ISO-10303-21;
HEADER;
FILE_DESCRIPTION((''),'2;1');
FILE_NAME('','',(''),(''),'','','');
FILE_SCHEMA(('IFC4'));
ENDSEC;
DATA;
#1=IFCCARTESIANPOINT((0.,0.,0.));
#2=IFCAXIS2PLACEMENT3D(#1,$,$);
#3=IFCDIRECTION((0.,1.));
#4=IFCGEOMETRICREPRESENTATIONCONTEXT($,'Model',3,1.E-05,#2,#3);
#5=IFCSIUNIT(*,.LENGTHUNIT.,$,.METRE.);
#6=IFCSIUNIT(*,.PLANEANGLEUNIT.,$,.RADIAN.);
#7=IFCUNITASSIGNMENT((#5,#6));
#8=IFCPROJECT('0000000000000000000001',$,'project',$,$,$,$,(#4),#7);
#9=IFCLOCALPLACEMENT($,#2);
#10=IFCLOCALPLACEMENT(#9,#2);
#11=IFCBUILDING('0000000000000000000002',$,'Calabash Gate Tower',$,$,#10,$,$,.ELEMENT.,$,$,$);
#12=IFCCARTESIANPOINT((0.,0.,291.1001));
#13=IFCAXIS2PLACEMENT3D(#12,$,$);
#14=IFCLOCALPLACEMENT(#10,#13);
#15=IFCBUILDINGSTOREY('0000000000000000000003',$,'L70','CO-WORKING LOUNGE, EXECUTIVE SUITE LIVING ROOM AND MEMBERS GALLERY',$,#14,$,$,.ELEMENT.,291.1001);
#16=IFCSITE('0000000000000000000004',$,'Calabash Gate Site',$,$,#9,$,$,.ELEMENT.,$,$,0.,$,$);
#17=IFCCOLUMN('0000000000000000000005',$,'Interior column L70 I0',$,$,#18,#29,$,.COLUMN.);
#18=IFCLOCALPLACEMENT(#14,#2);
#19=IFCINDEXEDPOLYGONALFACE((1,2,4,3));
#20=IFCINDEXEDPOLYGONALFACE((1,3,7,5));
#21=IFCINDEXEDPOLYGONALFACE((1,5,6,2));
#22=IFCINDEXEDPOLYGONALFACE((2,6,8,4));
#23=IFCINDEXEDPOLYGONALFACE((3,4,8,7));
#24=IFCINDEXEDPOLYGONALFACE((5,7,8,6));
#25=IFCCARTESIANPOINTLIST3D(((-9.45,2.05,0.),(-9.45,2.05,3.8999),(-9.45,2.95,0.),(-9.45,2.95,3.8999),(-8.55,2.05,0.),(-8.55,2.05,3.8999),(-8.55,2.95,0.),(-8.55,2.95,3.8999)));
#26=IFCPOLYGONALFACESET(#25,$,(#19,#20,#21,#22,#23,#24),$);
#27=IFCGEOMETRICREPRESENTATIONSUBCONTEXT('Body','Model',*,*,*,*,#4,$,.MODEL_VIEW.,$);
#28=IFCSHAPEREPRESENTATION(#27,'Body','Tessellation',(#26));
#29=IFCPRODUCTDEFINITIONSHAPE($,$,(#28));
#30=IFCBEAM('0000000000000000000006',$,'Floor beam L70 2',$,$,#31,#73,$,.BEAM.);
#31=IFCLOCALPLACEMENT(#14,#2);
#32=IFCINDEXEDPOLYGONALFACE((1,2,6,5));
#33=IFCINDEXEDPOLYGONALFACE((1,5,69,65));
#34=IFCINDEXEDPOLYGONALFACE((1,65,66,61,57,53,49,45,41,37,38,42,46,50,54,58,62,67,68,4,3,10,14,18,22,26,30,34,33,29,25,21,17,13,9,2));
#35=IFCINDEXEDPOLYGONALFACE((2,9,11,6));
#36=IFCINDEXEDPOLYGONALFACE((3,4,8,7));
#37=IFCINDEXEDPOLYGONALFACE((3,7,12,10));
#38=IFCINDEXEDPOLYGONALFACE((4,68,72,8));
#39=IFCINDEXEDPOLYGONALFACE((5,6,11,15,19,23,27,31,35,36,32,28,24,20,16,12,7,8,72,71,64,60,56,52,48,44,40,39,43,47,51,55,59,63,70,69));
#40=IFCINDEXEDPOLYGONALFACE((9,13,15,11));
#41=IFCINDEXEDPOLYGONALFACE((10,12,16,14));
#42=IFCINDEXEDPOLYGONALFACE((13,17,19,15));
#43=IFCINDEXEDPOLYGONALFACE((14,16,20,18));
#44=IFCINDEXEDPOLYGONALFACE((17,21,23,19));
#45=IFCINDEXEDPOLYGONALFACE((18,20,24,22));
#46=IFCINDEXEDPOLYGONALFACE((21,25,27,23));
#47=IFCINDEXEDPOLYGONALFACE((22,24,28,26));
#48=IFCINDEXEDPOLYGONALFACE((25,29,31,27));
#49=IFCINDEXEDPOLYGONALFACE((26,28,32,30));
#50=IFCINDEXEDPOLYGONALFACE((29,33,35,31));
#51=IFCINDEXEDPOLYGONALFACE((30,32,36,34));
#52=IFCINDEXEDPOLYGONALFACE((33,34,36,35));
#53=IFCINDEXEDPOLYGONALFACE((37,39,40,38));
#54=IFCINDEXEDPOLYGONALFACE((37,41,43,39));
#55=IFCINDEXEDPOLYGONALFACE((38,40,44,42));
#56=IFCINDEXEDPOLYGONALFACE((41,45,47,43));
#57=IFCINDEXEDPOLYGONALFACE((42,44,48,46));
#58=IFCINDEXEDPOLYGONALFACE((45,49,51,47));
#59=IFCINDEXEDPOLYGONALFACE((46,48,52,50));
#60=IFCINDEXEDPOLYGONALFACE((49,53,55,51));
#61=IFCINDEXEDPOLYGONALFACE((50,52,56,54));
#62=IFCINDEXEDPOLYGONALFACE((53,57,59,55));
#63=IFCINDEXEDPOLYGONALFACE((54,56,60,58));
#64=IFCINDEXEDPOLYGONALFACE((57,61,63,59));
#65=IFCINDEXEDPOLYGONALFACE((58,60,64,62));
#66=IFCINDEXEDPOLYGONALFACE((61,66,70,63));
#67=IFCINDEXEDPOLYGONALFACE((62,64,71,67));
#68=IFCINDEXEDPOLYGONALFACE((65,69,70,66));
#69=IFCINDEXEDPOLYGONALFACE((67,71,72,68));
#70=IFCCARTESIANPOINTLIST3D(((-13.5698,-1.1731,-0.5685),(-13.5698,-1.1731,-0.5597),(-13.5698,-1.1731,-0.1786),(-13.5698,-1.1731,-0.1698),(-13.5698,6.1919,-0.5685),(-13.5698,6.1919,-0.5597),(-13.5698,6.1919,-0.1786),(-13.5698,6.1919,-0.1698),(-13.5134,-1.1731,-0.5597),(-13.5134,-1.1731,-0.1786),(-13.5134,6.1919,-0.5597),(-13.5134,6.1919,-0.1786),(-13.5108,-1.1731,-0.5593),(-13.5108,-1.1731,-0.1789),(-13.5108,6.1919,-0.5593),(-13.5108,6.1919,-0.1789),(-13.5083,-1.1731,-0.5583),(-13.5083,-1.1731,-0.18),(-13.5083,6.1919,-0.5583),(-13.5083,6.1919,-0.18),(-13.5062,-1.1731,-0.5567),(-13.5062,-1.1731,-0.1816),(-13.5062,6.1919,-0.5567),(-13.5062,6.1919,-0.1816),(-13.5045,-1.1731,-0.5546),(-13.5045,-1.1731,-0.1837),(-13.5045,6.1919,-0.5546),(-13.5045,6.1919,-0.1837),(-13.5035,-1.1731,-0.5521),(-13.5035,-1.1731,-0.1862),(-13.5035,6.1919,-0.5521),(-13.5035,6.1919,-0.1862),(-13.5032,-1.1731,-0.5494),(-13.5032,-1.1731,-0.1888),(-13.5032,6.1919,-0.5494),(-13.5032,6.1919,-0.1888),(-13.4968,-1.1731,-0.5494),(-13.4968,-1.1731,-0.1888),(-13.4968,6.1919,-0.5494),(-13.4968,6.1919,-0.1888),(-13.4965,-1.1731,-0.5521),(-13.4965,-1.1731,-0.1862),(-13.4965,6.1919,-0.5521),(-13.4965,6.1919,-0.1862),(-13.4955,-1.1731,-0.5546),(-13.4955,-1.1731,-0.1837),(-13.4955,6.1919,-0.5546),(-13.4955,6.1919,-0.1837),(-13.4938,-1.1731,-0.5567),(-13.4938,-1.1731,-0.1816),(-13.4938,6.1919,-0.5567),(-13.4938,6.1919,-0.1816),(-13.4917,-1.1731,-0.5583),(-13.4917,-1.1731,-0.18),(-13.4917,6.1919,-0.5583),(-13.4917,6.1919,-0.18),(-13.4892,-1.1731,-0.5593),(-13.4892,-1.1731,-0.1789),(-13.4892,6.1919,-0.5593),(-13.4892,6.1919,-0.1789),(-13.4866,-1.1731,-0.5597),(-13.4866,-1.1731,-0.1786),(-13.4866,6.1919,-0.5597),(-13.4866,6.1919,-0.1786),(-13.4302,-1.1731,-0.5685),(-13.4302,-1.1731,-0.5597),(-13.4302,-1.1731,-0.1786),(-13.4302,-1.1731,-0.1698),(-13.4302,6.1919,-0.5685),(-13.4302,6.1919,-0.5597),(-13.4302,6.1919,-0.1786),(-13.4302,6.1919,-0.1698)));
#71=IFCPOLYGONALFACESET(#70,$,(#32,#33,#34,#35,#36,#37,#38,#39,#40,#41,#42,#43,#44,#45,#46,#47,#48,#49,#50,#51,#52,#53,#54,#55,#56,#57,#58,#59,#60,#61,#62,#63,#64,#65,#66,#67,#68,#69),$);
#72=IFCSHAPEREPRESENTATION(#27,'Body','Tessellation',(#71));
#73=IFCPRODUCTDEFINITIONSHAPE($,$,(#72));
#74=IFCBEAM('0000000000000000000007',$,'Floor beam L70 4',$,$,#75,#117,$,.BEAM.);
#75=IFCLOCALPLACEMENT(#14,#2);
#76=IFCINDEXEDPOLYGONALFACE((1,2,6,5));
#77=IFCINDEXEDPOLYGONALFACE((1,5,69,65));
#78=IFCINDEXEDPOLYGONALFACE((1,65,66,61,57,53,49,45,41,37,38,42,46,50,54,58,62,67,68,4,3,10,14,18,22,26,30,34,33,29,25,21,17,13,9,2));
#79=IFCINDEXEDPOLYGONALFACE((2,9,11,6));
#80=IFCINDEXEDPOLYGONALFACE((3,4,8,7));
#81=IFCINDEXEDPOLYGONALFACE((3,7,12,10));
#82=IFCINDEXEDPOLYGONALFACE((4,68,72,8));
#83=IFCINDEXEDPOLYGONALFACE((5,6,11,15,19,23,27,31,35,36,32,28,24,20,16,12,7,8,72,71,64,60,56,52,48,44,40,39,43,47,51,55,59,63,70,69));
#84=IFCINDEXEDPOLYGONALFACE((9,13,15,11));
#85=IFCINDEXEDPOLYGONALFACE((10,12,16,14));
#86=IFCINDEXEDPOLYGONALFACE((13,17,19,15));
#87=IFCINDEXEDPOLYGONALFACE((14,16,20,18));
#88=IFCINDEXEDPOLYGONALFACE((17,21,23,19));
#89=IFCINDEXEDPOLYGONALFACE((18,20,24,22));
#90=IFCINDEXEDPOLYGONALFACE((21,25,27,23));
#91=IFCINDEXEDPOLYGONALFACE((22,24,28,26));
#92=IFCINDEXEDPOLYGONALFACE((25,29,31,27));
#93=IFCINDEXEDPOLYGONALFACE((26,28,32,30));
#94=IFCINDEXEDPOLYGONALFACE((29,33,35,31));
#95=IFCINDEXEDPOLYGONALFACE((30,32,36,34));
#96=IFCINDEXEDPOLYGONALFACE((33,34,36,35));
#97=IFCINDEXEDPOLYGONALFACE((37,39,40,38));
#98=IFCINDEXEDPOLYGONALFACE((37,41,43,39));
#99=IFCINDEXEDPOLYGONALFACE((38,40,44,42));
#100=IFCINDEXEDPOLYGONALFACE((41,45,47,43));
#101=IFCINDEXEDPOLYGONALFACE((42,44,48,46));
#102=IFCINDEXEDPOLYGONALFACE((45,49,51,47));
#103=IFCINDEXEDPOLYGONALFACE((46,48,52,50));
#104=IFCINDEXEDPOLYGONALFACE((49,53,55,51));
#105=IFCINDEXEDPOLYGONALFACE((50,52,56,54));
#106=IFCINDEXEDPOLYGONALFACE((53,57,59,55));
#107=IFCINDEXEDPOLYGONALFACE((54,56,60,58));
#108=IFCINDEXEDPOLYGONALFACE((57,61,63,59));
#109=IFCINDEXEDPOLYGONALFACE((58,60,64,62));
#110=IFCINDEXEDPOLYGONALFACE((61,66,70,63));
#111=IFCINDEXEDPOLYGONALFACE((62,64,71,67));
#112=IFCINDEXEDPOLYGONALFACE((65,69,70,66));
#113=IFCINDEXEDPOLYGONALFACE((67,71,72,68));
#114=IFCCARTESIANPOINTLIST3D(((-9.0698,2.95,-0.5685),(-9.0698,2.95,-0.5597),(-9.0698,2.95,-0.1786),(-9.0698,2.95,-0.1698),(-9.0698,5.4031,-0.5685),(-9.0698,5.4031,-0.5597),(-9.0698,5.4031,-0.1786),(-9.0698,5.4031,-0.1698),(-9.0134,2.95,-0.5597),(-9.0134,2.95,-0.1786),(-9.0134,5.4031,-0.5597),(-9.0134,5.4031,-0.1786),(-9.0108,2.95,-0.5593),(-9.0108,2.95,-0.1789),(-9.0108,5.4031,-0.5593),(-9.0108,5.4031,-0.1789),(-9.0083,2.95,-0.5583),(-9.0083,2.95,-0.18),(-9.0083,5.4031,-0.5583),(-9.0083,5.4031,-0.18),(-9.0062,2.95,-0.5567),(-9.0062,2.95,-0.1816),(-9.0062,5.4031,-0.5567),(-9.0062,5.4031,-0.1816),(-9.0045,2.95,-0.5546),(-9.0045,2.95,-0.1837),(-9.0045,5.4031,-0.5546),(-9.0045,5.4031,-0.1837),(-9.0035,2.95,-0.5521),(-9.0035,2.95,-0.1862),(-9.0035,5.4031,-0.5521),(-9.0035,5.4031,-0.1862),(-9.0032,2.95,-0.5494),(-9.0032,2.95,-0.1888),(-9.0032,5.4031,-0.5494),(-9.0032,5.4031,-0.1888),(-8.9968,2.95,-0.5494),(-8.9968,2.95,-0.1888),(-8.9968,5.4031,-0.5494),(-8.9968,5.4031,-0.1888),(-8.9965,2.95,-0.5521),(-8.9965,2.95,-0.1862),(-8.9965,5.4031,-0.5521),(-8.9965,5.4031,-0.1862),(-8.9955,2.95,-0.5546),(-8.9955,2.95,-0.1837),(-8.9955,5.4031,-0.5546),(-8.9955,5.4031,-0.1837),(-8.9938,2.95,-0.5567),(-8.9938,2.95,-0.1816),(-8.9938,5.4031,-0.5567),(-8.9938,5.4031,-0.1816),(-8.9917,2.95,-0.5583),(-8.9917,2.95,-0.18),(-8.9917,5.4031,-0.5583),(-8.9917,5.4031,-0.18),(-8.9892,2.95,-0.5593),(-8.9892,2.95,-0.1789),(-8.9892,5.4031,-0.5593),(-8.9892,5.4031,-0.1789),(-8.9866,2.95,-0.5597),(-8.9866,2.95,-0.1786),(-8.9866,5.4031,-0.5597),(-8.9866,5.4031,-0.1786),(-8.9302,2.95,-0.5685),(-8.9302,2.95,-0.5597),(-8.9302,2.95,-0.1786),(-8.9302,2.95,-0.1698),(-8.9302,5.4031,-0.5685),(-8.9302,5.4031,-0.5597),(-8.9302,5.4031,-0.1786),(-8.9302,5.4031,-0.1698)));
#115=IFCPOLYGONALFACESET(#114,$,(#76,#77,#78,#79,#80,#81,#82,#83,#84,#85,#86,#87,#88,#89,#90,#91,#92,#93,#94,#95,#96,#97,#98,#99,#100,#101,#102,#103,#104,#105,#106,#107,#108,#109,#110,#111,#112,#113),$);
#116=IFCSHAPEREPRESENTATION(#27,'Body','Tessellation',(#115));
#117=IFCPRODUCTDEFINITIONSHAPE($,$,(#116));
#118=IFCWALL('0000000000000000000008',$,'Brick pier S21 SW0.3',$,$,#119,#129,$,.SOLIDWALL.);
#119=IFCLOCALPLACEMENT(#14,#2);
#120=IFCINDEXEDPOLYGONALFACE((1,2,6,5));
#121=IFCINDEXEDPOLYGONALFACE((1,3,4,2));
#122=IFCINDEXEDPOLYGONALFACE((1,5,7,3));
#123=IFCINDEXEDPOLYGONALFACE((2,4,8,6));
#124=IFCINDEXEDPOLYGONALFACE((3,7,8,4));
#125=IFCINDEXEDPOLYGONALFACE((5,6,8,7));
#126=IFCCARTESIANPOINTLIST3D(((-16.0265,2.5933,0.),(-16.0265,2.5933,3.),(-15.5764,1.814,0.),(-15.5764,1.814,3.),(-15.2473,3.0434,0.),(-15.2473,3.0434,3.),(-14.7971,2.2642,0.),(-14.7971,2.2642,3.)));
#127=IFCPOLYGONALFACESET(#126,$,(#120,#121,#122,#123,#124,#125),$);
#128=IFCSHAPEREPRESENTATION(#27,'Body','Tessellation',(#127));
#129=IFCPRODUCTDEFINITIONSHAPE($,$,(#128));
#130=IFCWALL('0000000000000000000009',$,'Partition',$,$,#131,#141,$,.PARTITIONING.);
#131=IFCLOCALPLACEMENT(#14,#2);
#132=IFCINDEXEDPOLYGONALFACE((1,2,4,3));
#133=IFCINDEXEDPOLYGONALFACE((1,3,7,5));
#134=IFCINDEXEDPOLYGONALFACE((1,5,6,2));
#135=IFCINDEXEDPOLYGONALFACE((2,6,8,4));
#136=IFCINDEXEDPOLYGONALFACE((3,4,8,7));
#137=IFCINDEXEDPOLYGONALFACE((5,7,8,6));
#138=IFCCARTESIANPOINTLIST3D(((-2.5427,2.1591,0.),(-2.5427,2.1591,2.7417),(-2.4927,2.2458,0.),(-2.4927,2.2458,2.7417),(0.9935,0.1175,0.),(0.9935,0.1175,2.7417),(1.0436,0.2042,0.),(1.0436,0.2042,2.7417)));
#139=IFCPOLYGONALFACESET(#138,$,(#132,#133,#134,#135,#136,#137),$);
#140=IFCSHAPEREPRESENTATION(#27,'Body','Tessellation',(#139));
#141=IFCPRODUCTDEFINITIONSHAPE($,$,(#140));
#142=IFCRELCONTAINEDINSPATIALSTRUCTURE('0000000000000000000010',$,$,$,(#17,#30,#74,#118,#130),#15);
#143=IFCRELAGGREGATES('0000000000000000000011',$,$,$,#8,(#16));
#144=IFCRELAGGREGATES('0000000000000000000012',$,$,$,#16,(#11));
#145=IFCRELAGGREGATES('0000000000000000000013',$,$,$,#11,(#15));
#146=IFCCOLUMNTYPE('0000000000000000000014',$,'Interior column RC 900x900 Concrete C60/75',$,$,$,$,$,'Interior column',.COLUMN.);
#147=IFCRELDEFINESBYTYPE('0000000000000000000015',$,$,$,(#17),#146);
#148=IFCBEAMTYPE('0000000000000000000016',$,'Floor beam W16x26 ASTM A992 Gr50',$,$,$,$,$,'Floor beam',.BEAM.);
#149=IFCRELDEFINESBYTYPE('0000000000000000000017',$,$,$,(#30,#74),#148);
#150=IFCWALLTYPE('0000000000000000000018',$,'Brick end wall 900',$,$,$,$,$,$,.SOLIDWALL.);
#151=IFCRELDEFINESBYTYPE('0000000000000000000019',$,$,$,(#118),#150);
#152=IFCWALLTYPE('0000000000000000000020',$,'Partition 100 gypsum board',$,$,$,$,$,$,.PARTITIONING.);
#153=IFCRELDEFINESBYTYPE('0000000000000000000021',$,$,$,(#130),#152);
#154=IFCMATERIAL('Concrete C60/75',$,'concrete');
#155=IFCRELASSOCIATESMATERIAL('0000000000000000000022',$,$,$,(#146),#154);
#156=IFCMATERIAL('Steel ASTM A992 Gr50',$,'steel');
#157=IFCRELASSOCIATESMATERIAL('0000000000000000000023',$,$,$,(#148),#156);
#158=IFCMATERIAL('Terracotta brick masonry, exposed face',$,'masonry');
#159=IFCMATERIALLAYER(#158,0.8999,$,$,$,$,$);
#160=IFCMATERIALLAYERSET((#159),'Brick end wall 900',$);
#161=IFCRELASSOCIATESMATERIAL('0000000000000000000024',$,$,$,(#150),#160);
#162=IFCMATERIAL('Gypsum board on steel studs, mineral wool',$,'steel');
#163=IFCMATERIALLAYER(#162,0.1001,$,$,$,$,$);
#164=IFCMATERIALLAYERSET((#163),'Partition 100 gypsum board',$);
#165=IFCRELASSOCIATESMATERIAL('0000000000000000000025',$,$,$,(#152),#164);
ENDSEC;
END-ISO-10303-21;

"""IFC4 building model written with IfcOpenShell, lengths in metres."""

from ifc_helpers import new_model, si_unit, direction, frame, frame_2d, origin, origin_2d, place, context, subcontext, project, spatial, rectangle, i_section, extrude, material, layer, layer_set, material_profile, profile_set, type_object, element, save


model = new_model("IFC4")

# Units and contexts
model_context = context("Model", 3, precision=1e-05, world=origin(), true_north=direction((0.0, 1.0)))
body_context = subcontext(model_context, "Body", "Model", "MODEL_VIEW")
ifc_project = project(units=[si_unit("LENGTHUNIT", "METRE"), si_unit("PLANEANGLEUNIT", "RADIAN")], contexts=[model_context])

# Site, building, storey
site_placement = place(None, origin())
site = spatial("IfcSite", under=ifc_project, at=site_placement, Name="Calabash Gate Site", CompositionType="ELEMENT", RefElevation=0.0)
building_placement = place(site_placement, origin())
building = spatial("IfcBuilding", under=site, at=building_placement, Name="Calabash Gate Tower", CompositionType="ELEMENT")
storey_placement = place(building_placement, frame((0.0, 0.0, 291.1001)))
storey = spatial("IfcBuildingStorey", under=building, at=storey_placement, Name="L70", Description="CO-WORKING LOUNGE, EXECUTIVE SUITE LIVING ROOM AND MEMBERS GALLERY", CompositionType="ELEMENT", Elevation=291.1001)

# Column
ifc_material_1 = material(Name="Concrete C60/75", Category="concrete")
ifc_material_profile_1 = material_profile(ifc_material_1, rectangle(XDim=0.8999, YDim=0.8999, at=origin_2d()))
ifc_profile_set_1 = profile_set([ifc_material_profile_1], Name="Concrete C60/75")
column_type = type_object("IfcColumnType", Name="Interior column RC 900x900 Concrete C60/75", ElementType="Interior column", PredefinedType="COLUMN", material=ifc_profile_set_1)
column_placement = place(storey_placement, frame((-9.0, 2.5, 0.0), z_axis=(0.0, 0.0, 1.0), x_axis=(1.0, 0.0, 0.0)))
element("IfcColumn", 1, at=column_placement, inside=storey, type_object=column_type, Name="Interior column L70 I0", PredefinedType="COLUMN", context=body_context, shape_type="SweptSolid", body=[
    extrude(rectangle(XDim=0.8999, YDim=0.8999, at=origin_2d()), origin(), (0.0, 0.0, 1.0), 3.8999),
])

# Beams
ifc_material_2 = material(Name="Steel ASTM A992 Gr50", Category="steel")
ifc_material_profile_2 = material_profile(ifc_material_2, i_section(OverallWidth=0.1396, OverallDepth=0.3987, WebThickness=0.0063, FlangeThickness=0.0088, FilletRadius=0.0103, at=origin_2d()))
ifc_profile_set_2 = profile_set([ifc_material_profile_2], Name="Steel ASTM A992 Gr50")
beam_type = type_object("IfcBeamType", Name="Floor beam W16x26 ASTM A992 Gr50", ElementType="Floor beam", PredefinedType="BEAM", material=ifc_profile_set_2)
beam_1_placement = place(storey_placement, frame((-13.5, -1.1731, -0.3691), z_axis=(0.0, 1.0, 0.0), x_axis=(-1.0, 0.0, 0.0)))
element("IfcBeam", 2, at=beam_1_placement, inside=storey, type_object=beam_type, Name="Floor beam L70 2", PredefinedType="BEAM", context=body_context, shape_type="SweptSolid", body=[
    extrude(i_section(OverallWidth=0.1396, OverallDepth=0.3987, WebThickness=0.0063, FlangeThickness=0.0088, FilletRadius=0.0103, at=origin_2d()), origin(), (0.0, 0.0, 1.0), 7.365),
])
beam_2_placement = place(storey_placement, frame((-9.0, 2.95, -0.3691), z_axis=(0.0, 1.0, 0.0), x_axis=(-1.0, 0.0, 0.0)))
element("IfcBeam", 3, at=beam_2_placement, inside=storey, type_object=beam_type, Name="Floor beam L70 4", PredefinedType="BEAM", context=body_context, shape_type="SweptSolid", body=[
    extrude(i_section(OverallWidth=0.1396, OverallDepth=0.3987, WebThickness=0.0063, FlangeThickness=0.0088, FilletRadius=0.0103, at=origin_2d()), origin(), (0.0, 0.0, 1.0), 2.4531),
])

# Walls
ifc_material_3 = material(Name="Terracotta brick masonry, exposed face", Category="masonry")
ifc_layer_1 = layer(ifc_material_3, 0.8999)
ifc_layer_set_1 = layer_set([ifc_layer_1], Name="Brick end wall 900")
wall_type_1 = type_object("IfcWallType", Name="Brick end wall 900", PredefinedType="SOLIDWALL", material=ifc_layer_set_1)
wall_1_placement = place(storey_placement, frame((-15.0222, 2.6538, 0.0), z_axis=(0.0, 0.0, 1.0), x_axis=(-0.865896, -0.500223, 0.0)))
element("IfcWall", 4, at=wall_1_placement, inside=storey, type_object=wall_type_1, Name="Brick pier S21 SW0.3", PredefinedType="SOLIDWALL", context=body_context, shape_type="SweptSolid", body=[
    extrude(rectangle(XDim=0.8999, YDim=0.8999, at=frame_2d((0.45, 0.0))), origin(), (0.0, 0.0, 1.0), 3.0),
])
ifc_material_4 = material(Name="Gypsum board on steel studs, mineral wool", Category="steel")
ifc_layer_2 = layer(ifc_material_4, 0.1001)
ifc_layer_set_2 = layer_set([ifc_layer_2], Name="Partition 100 gypsum board")
wall_type_2 = type_object("IfcWallType", Name="Partition 100 gypsum board", PredefinedType="PARTITIONING", material=ifc_layer_set_2)
wall_2_placement = place(storey_placement, frame((-2.5176, 2.2024, 0.0), z_axis=(0.0, 0.0, 1.0), x_axis=(0.866034, -0.499985, 0.0)))
element("IfcWall", 5, at=wall_2_placement, inside=storey, type_object=wall_type_2, Name="Partition", PredefinedType="PARTITIONING", context=body_context, shape_type="SweptSolid", body=[
    extrude(rectangle(XDim=4.0833, YDim=0.1001, at=frame_2d((2.0415, 0.0))), origin(), (0.0, 0.0, 1.0), 2.7417),
])

save(model, "model.ifc")
